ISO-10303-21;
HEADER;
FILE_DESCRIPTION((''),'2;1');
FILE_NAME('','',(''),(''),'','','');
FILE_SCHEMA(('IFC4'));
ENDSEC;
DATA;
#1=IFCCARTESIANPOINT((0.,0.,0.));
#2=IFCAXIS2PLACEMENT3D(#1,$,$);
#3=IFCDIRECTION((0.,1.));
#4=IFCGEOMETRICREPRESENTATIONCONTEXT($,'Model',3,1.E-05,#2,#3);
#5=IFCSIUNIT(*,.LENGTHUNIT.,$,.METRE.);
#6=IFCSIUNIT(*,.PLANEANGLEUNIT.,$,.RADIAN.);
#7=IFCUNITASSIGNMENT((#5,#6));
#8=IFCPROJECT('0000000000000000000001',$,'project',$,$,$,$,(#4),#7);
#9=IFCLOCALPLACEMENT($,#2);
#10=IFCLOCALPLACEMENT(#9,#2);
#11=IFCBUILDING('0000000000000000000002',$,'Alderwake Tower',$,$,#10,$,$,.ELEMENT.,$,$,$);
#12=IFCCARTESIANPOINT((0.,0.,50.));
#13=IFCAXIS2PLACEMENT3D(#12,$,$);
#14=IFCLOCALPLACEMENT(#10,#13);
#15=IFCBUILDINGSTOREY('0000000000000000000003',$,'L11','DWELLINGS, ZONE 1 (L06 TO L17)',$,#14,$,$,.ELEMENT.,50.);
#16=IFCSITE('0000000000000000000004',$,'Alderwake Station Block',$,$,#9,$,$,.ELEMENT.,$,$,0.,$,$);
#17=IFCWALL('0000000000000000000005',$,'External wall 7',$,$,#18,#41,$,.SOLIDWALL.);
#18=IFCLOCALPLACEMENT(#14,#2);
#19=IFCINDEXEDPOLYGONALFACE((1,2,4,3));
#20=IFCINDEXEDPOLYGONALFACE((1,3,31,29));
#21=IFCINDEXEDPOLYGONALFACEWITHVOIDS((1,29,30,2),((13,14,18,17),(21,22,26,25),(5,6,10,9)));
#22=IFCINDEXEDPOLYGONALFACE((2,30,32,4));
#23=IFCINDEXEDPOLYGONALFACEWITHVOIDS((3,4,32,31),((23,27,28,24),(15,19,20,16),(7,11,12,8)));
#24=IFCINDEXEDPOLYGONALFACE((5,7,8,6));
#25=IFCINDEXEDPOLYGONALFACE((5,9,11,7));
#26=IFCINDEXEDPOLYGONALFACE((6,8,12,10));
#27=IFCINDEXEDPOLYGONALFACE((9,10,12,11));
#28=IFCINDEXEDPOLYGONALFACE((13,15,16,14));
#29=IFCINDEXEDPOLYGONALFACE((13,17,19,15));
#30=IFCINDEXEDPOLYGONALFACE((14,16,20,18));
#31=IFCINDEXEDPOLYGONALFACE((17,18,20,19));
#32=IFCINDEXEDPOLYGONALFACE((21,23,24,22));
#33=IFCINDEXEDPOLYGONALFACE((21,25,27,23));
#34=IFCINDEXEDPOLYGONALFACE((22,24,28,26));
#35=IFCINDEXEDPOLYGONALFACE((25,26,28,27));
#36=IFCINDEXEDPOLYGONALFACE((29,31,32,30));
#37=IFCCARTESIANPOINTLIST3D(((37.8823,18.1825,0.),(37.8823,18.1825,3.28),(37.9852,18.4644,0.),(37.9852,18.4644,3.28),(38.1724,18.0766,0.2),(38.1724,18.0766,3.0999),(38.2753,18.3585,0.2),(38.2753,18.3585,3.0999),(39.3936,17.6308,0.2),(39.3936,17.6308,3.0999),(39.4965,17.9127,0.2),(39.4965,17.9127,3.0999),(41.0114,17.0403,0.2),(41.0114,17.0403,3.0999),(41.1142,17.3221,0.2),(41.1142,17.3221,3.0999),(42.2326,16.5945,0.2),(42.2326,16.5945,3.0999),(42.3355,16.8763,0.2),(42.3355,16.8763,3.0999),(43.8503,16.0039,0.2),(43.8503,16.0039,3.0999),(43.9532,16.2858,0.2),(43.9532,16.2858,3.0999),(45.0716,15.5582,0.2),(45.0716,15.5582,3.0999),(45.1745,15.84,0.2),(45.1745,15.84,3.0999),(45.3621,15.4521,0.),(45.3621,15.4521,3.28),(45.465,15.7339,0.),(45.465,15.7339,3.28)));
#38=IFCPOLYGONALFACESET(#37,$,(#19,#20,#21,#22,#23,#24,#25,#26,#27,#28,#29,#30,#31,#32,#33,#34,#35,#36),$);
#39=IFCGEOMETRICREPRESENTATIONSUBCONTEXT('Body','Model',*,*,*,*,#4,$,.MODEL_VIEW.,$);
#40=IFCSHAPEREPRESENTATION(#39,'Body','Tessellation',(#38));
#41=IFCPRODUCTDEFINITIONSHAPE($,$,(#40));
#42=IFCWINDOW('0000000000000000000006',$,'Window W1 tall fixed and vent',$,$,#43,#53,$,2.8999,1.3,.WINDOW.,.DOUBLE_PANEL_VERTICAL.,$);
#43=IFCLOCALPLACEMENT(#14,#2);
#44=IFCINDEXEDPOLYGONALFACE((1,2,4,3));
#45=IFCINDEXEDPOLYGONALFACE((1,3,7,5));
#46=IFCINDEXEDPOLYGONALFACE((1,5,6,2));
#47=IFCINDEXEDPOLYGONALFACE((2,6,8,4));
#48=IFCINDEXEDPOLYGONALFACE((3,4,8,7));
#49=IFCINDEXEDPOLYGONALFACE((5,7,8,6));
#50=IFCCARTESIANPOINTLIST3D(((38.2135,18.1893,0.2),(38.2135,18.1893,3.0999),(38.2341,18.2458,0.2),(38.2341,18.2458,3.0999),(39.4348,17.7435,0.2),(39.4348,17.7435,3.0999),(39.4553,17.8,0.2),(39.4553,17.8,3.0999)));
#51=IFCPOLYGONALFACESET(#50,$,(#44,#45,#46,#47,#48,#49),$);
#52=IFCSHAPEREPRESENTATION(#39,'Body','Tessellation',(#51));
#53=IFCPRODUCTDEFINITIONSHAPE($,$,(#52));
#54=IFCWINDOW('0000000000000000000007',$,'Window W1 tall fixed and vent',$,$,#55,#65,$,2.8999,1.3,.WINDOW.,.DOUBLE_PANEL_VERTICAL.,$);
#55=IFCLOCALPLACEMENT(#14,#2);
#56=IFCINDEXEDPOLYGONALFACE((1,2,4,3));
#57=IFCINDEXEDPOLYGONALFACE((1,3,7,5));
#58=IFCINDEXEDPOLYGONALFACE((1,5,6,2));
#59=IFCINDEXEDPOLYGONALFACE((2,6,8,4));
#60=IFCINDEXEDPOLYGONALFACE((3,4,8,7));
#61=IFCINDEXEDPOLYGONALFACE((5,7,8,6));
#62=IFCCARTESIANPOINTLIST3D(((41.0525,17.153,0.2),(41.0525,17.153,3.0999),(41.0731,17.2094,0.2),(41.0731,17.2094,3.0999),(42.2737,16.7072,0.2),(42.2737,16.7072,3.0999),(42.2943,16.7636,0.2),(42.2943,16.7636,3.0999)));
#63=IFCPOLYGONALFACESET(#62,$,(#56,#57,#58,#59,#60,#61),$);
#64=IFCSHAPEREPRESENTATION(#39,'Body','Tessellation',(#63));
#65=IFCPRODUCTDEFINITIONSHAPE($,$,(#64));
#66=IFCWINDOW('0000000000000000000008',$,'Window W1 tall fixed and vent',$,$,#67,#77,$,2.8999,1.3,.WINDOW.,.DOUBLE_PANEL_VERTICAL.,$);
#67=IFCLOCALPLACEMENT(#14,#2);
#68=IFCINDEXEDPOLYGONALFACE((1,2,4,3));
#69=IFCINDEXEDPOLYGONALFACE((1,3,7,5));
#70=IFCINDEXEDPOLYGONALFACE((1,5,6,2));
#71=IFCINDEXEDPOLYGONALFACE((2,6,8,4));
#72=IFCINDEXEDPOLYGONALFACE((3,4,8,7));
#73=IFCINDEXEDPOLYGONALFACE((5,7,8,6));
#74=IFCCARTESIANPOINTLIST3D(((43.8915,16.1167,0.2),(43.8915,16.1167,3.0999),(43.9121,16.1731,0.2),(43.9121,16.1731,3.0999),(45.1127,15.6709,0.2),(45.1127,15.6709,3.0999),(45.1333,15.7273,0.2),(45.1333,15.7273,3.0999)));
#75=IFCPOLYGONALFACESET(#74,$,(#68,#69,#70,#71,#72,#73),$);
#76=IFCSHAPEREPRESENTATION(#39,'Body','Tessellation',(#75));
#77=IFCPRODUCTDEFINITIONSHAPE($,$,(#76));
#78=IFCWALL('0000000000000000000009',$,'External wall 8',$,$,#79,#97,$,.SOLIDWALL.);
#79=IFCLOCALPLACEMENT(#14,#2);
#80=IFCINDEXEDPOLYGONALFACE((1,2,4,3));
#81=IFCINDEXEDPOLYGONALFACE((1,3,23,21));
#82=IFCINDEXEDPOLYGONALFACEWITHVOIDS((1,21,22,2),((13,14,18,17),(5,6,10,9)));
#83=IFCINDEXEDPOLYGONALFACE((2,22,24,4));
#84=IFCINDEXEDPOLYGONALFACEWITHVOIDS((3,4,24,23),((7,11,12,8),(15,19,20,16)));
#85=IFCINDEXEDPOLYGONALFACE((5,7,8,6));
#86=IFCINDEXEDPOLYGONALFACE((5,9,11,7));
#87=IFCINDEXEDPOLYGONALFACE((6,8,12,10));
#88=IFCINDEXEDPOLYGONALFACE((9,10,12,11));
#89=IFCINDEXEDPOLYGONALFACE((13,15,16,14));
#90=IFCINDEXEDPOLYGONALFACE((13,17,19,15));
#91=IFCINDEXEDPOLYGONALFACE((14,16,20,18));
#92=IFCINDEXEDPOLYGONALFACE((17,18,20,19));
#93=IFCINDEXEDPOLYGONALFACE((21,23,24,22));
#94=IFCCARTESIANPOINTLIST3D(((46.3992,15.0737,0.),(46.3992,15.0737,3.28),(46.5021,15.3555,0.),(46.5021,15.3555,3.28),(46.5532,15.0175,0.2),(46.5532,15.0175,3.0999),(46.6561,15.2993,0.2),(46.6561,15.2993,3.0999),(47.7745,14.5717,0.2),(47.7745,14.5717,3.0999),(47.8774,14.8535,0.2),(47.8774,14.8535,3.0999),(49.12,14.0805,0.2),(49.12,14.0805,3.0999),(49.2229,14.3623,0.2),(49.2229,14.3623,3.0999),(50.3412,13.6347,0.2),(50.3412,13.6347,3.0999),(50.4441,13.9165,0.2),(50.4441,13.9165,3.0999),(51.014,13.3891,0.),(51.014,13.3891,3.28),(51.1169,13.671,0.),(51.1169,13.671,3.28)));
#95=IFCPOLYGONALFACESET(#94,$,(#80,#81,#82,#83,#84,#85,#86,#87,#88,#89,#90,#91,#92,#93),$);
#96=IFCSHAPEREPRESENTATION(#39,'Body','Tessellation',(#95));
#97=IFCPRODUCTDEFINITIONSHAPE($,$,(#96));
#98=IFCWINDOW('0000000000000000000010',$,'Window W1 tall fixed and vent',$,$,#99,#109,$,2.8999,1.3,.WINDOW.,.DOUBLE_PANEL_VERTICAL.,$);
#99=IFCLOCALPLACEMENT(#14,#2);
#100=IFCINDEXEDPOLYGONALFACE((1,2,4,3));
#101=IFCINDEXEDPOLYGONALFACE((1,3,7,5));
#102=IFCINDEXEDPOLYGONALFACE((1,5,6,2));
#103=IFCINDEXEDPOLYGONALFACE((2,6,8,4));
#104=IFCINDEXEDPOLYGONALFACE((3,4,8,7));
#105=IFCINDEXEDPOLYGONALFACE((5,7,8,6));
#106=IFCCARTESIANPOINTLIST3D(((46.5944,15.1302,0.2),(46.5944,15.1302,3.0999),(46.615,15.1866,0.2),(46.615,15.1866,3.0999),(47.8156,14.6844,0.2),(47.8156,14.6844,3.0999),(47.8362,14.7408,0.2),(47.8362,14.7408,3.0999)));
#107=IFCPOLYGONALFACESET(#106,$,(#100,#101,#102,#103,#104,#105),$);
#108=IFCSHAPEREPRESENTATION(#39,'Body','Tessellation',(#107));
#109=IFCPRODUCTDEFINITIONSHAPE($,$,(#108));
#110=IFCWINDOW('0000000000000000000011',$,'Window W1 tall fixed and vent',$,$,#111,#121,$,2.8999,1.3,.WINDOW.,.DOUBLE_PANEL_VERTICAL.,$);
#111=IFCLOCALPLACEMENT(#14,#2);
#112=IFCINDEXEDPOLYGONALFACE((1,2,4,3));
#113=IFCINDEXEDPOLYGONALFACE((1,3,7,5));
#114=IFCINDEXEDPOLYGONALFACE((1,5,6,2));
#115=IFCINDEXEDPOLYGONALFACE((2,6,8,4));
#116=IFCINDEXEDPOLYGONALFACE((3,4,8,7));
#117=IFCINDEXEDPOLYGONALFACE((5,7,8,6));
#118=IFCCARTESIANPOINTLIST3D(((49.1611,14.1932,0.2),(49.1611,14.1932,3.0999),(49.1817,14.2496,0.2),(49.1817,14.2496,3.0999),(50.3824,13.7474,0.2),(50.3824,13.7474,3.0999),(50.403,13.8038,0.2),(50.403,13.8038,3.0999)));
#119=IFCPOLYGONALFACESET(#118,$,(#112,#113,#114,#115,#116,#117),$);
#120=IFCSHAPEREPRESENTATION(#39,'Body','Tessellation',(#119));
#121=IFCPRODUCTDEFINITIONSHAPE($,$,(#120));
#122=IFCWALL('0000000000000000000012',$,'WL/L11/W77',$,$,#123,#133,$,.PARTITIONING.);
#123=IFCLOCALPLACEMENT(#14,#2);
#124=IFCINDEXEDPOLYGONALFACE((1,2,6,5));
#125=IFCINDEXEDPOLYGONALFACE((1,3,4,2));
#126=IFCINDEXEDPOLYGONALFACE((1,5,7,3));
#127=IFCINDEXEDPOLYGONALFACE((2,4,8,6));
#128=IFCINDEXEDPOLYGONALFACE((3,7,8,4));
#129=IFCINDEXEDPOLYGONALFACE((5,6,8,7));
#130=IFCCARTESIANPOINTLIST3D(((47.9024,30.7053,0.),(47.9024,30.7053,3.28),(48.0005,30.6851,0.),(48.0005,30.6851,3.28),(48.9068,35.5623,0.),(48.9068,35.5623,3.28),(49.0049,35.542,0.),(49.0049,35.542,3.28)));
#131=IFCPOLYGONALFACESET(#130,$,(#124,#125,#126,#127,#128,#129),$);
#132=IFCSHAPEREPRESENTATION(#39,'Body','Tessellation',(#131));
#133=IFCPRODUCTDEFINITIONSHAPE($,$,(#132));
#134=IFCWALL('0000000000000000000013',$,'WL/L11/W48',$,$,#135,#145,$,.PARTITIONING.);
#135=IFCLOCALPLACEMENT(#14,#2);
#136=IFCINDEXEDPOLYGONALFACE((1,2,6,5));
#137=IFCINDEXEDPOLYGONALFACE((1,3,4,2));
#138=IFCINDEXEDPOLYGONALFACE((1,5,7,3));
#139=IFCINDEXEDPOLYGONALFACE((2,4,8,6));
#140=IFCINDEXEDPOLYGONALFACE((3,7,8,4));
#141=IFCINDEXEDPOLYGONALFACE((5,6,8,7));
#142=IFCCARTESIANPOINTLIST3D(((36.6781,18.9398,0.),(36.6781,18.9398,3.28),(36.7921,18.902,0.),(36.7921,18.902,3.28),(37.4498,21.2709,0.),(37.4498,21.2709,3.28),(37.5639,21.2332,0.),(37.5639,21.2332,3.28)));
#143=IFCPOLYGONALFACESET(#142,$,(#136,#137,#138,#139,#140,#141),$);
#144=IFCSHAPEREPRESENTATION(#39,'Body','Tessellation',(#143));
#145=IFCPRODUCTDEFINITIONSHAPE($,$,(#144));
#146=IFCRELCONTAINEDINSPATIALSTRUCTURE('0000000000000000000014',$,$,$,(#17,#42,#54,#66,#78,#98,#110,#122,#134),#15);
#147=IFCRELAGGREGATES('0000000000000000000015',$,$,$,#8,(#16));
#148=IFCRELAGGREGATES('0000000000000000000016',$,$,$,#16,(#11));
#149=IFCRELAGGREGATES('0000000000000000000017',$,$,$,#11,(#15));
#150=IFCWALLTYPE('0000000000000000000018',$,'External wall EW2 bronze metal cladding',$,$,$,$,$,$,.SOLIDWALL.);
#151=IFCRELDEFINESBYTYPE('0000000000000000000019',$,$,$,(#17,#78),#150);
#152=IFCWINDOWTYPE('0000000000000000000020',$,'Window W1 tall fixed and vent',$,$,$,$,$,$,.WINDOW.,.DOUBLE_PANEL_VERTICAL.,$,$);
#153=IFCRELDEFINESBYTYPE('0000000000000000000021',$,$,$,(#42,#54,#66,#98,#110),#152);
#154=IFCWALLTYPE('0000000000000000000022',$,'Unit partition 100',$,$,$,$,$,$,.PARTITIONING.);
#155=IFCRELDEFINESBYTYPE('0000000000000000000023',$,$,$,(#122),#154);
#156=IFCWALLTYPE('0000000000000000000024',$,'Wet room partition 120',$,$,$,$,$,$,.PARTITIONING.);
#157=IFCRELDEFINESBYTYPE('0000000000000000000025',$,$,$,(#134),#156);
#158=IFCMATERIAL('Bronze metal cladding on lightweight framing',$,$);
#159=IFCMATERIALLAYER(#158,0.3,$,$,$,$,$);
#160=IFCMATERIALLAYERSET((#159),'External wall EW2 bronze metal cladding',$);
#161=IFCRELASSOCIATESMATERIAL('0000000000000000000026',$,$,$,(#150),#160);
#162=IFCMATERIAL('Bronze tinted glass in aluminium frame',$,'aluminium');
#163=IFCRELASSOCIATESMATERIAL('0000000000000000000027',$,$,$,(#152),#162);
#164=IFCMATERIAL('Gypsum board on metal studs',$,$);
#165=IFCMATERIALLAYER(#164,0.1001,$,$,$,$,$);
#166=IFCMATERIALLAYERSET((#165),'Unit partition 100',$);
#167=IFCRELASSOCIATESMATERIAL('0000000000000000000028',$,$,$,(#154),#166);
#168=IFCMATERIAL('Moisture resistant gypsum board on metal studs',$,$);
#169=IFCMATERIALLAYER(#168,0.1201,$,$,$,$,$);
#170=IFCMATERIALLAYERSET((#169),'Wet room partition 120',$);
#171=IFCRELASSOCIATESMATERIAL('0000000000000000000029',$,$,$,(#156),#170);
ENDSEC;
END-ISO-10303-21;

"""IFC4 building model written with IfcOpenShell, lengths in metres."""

from ifc_helpers import new_model, si_unit, direction, frame, frame_2d, origin, place, context, subcontext, project, spatial, rectangle, extrude, material, layer, layer_set, type_object, element, fill, save


model = new_model("IFC4")

# Units and contexts
model_context = context("Model", 3, precision=1e-05, world=origin(), true_north=direction((0.0, 1.0)))
body_context = subcontext(model_context, "Body", "Model", "MODEL_VIEW")
ifc_project = project(units=[si_unit("LENGTHUNIT", "METRE"), si_unit("PLANEANGLEUNIT", "RADIAN")], contexts=[model_context])

# Site, building, storey
site_placement = place(None, origin())
site = spatial("IfcSite", under=ifc_project, at=site_placement, Name="Alderwake Station Block", CompositionType="ELEMENT", RefElevation=0.0)
building_placement = place(site_placement, origin())
building = spatial("IfcBuilding", under=site, at=building_placement, Name="Alderwake Tower", CompositionType="ELEMENT")
storey_placement = place(building_placement, frame((0.0, 0.0, 50.0)))
storey = spatial("IfcBuildingStorey", under=building, at=storey_placement, Name="L11", Description="DWELLINGS, ZONE 1 (L06 TO L17)", CompositionType="ELEMENT", Elevation=50.0)

# Walls, openings, windows
ifc_material_1 = material(Name="Bronze metal cladding on lightweight framing")
ifc_layer_1 = layer(ifc_material_1, 0.3)
ifc_layer_set_1 = layer_set([ifc_layer_1], Name="External wall EW2 bronze metal cladding")
wall_type_1 = type_object("IfcWallType", Name="External wall EW2 bronze metal cladding", PredefinedType="SOLIDWALL", material=ifc_layer_set_1)
wall_1_placement = place(storey_placement, frame((37.9336, 18.3235, 0.0), z_axis=(0.0, 0.0, 1.0), x_axis=(0.93937, -0.342905, 0.0)))
wall_1 = element("IfcWall", 1, at=wall_1_placement, inside=storey, type_object=wall_type_1, Name="External wall 7", PredefinedType="SOLIDWALL", context=body_context, shape_type="SweptSolid", body=[
    extrude(rectangle(XDim=7.9626, YDim=0.3, at=frame_2d((3.9814, 0.0))), origin(), (0.0, 0.0, 1.0), 3.28),
])
opening_1_placement = place(wall_1_placement, frame((0.3091, 0.0, 0.2)))
opening_1 = element("IfcOpeningElement", 2, at=opening_1_placement, cuts=wall_1, PredefinedType="OPENING", context=body_context, shape_type="SweptSolid", body=[
    extrude(rectangle(XDim=1.3, YDim=2.8999, at=frame_2d((0.6499, 1.45))), frame((0.0, 0.1599, 0.0), z_axis=(0.0, -1.0, 0.0), x_axis=(1.0, 0.0, 0.0)), (0.0, 0.0, 1.0), 0.3201),
])
opening_2_placement = place(wall_1_placement, frame((3.3313, 0.0, 0.2)))
opening_2 = element("IfcOpeningElement", 3, at=opening_2_placement, cuts=wall_1, PredefinedType="OPENING", context=body_context, shape_type="SweptSolid", body=[
    extrude(rectangle(XDim=1.3, YDim=2.8999, at=frame_2d((0.6499, 1.45))), frame((0.0, 0.1599, 0.0), z_axis=(0.0, -1.0, 0.0), x_axis=(1.0, 0.0, 0.0)), (0.0, 0.0, 1.0), 0.3201),
])
opening_3_placement = place(wall_1_placement, frame((6.3535, 0.0, 0.2)))
opening_3 = element("IfcOpeningElement", 4, at=opening_3_placement, cuts=wall_1, PredefinedType="OPENING", context=body_context, shape_type="SweptSolid", body=[
    extrude(rectangle(XDim=1.3, YDim=2.8999, at=frame_2d((0.6499, 1.45))), frame((0.0, 0.1599, 0.0), z_axis=(0.0, -1.0, 0.0), x_axis=(1.0, 0.0, 0.0)), (0.0, 0.0, 1.0), 0.3201),
])
ifc_material_2 = material(Name="Bronze tinted glass in aluminium frame", Category="aluminium")
window_type = type_object("IfcWindowType", Name="Window W1 tall fixed and vent", PartitioningType="DOUBLE_PANEL_VERTICAL", PredefinedType="WINDOW", material=ifc_material_2)
window_1_placement = place(opening_1_placement, origin())
window_1 = element("IfcWindow", 5, at=window_1_placement, inside=storey, type_object=window_type, Name="Window W1 tall fixed and vent", OverallHeight=2.8999, OverallWidth=1.3, PartitioningType="DOUBLE_PANEL_VERTICAL", PredefinedType="WINDOW", context=body_context, shape_type="SweptSolid", body=[
    extrude(rectangle(XDim=1.3, YDim=2.8999, at=frame_2d((0.6499, 1.45))), frame((0.0, 0.03, 0.0), z_axis=(0.0, -1.0, 0.0), x_axis=(1.0, 0.0, 0.0)), (0.0, 0.0, 1.0), 0.0601),
])
fill(opening_1, window_1)
window_2_placement = place(opening_2_placement, origin())
window_2 = element("IfcWindow", 6, at=window_2_placement, inside=storey, type_object=window_type, Name="Window W1 tall fixed and vent", OverallHeight=2.8999, OverallWidth=1.3, PartitioningType="DOUBLE_PANEL_VERTICAL", PredefinedType="WINDOW", context=body_context, shape_type="SweptSolid", body=[
    extrude(rectangle(XDim=1.3, YDim=2.8999, at=frame_2d((0.6499, 1.45))), frame((0.0, 0.03, 0.0), z_axis=(0.0, -1.0, 0.0), x_axis=(1.0, 0.0, 0.0)), (0.0, 0.0, 1.0), 0.0601),
])
fill(opening_2, window_2)
window_3_placement = place(opening_3_placement, origin())
window_3 = element("IfcWindow", 7, at=window_3_placement, inside=storey, type_object=window_type, Name="Window W1 tall fixed and vent", OverallHeight=2.8999, OverallWidth=1.3, PartitioningType="DOUBLE_PANEL_VERTICAL", PredefinedType="WINDOW", context=body_context, shape_type="SweptSolid", body=[
    extrude(rectangle(XDim=1.3, YDim=2.8999, at=frame_2d((0.6499, 1.45))), frame((0.0, 0.03, 0.0), z_axis=(0.0, -1.0, 0.0), x_axis=(1.0, 0.0, 0.0)), (0.0, 0.0, 1.0), 0.0601),
])
fill(opening_3, window_3)
wall_2_placement = place(storey_placement, frame((46.4507, 15.2146, 0.0), z_axis=(0.0, 0.0, 1.0), x_axis=(0.939369, -0.342908, 0.0)))
wall_2 = element("IfcWall", 8, at=wall_2_placement, inside=storey, type_object=wall_type_1, Name="External wall 8", PredefinedType="SOLIDWALL", context=body_context, shape_type="SweptSolid", body=[
    extrude(rectangle(XDim=4.9126, YDim=0.3, at=frame_2d((2.4563, 0.0))), origin(), (0.0, 0.0, 1.0), 3.28),
])
opening_4_placement = place(wall_2_placement, frame((0.1641, 0.0, 0.2)))
opening_4 = element("IfcOpeningElement", 9, at=opening_4_placement, cuts=wall_2, PredefinedType="OPENING", context=body_context, shape_type="SweptSolid", body=[
    extrude(rectangle(XDim=1.3, YDim=2.8999, at=frame_2d((0.6499, 1.45))), frame((0.0, 0.1599, 0.0), z_axis=(0.0, -1.0, 0.0), x_axis=(1.0, 0.0, 0.0)), (0.0, 0.0, 1.0), 0.3201),
])
opening_5_placement = place(wall_2_placement, frame((2.8965, 0.0, 0.2)))
opening_5 = element("IfcOpeningElement", 10, at=opening_5_placement, cuts=wall_2, PredefinedType="OPENING", context=body_context, shape_type="SweptSolid", body=[
    extrude(rectangle(XDim=1.3, YDim=2.8999, at=frame_2d((0.6499, 1.45))), frame((0.0, 0.1599, 0.0), z_axis=(0.0, -1.0, 0.0), x_axis=(1.0, 0.0, 0.0)), (0.0, 0.0, 1.0), 0.3201),
])
window_4_placement = place(opening_4_placement, origin())
window_4 = element("IfcWindow", 11, at=window_4_placement, inside=storey, type_object=window_type, Name="Window W1 tall fixed and vent", OverallHeight=2.8999, OverallWidth=1.3, PartitioningType="DOUBLE_PANEL_VERTICAL", PredefinedType="WINDOW", context=body_context, shape_type="SweptSolid", body=[
    extrude(rectangle(XDim=1.3, YDim=2.8999, at=frame_2d((0.6499, 1.45))), frame((0.0, 0.03, 0.0), z_axis=(0.0, -1.0, 0.0), x_axis=(1.0, 0.0, 0.0)), (0.0, 0.0, 1.0), 0.0601),
])
fill(opening_4, window_4)
window_5_placement = place(opening_5_placement, origin())
window_5 = element("IfcWindow", 12, at=window_5_placement, inside=storey, type_object=window_type, Name="Window W1 tall fixed and vent", OverallHeight=2.8999, OverallWidth=1.3, PartitioningType="DOUBLE_PANEL_VERTICAL", PredefinedType="WINDOW", context=body_context, shape_type="SweptSolid", body=[
    extrude(rectangle(XDim=1.3, YDim=2.8999, at=frame_2d((0.6499, 1.45))), frame((0.0, 0.03, 0.0), z_axis=(0.0, -1.0, 0.0), x_axis=(1.0, 0.0, 0.0)), (0.0, 0.0, 1.0), 0.0601),
])
fill(opening_5, window_5)

# Walls
ifc_material_3 = material(Name="Gypsum board on metal studs")
ifc_layer_2 = layer(ifc_material_3, 0.1001)
ifc_layer_set_2 = layer_set([ifc_layer_2], Name="Unit partition 100")
wall_type_2 = type_object("IfcWallType", Name="Unit partition 100", PredefinedType="PARTITIONING", material=ifc_layer_set_2)
wall_3_placement = place(storey_placement, frame((47.9514, 30.6951, 0.0), z_axis=(0.0, 0.0, 1.0), x_axis=(0.202511, 0.97928, 0.0)))
element("IfcWall", 13, at=wall_3_placement, inside=storey, type_object=wall_type_2, Name="WL/L11/W77", PredefinedType="PARTITIONING", context=body_context, shape_type="SweptSolid", body=[
    extrude(rectangle(XDim=4.9597, YDim=0.1001, at=frame_2d((2.48, 0.0))), origin(), (0.0, 0.0, 1.0), 3.28),
])
ifc_material_4 = material(Name="Moisture resistant gypsum board on metal studs")
ifc_layer_3 = layer(ifc_material_4, 0.1201)
ifc_layer_set_3 = layer_set([ifc_layer_3], Name="Wet room partition 120")
wall_type_3 = type_object("IfcWallType", Name="Wet room partition 120", PredefinedType="PARTITIONING", material=ifc_layer_set_3)
wall_4_placement = place(storey_placement, frame((36.7351, 18.9209, 0.0), z_axis=(0.0, 0.0, 1.0), x_axis=(0.314288, 0.949328, 0.0)))
element("IfcWall", 14, at=wall_4_placement, inside=storey, type_object=wall_type_3, Name="WL/L11/W48", PredefinedType="PARTITIONING", context=body_context, shape_type="SweptSolid", body=[
    extrude(rectangle(XDim=2.4556, YDim=0.1201, at=frame_2d((1.2278, 0.0))), origin(), (0.0, 0.0, 1.0), 3.28),
])

save(model, "model.ifc")
